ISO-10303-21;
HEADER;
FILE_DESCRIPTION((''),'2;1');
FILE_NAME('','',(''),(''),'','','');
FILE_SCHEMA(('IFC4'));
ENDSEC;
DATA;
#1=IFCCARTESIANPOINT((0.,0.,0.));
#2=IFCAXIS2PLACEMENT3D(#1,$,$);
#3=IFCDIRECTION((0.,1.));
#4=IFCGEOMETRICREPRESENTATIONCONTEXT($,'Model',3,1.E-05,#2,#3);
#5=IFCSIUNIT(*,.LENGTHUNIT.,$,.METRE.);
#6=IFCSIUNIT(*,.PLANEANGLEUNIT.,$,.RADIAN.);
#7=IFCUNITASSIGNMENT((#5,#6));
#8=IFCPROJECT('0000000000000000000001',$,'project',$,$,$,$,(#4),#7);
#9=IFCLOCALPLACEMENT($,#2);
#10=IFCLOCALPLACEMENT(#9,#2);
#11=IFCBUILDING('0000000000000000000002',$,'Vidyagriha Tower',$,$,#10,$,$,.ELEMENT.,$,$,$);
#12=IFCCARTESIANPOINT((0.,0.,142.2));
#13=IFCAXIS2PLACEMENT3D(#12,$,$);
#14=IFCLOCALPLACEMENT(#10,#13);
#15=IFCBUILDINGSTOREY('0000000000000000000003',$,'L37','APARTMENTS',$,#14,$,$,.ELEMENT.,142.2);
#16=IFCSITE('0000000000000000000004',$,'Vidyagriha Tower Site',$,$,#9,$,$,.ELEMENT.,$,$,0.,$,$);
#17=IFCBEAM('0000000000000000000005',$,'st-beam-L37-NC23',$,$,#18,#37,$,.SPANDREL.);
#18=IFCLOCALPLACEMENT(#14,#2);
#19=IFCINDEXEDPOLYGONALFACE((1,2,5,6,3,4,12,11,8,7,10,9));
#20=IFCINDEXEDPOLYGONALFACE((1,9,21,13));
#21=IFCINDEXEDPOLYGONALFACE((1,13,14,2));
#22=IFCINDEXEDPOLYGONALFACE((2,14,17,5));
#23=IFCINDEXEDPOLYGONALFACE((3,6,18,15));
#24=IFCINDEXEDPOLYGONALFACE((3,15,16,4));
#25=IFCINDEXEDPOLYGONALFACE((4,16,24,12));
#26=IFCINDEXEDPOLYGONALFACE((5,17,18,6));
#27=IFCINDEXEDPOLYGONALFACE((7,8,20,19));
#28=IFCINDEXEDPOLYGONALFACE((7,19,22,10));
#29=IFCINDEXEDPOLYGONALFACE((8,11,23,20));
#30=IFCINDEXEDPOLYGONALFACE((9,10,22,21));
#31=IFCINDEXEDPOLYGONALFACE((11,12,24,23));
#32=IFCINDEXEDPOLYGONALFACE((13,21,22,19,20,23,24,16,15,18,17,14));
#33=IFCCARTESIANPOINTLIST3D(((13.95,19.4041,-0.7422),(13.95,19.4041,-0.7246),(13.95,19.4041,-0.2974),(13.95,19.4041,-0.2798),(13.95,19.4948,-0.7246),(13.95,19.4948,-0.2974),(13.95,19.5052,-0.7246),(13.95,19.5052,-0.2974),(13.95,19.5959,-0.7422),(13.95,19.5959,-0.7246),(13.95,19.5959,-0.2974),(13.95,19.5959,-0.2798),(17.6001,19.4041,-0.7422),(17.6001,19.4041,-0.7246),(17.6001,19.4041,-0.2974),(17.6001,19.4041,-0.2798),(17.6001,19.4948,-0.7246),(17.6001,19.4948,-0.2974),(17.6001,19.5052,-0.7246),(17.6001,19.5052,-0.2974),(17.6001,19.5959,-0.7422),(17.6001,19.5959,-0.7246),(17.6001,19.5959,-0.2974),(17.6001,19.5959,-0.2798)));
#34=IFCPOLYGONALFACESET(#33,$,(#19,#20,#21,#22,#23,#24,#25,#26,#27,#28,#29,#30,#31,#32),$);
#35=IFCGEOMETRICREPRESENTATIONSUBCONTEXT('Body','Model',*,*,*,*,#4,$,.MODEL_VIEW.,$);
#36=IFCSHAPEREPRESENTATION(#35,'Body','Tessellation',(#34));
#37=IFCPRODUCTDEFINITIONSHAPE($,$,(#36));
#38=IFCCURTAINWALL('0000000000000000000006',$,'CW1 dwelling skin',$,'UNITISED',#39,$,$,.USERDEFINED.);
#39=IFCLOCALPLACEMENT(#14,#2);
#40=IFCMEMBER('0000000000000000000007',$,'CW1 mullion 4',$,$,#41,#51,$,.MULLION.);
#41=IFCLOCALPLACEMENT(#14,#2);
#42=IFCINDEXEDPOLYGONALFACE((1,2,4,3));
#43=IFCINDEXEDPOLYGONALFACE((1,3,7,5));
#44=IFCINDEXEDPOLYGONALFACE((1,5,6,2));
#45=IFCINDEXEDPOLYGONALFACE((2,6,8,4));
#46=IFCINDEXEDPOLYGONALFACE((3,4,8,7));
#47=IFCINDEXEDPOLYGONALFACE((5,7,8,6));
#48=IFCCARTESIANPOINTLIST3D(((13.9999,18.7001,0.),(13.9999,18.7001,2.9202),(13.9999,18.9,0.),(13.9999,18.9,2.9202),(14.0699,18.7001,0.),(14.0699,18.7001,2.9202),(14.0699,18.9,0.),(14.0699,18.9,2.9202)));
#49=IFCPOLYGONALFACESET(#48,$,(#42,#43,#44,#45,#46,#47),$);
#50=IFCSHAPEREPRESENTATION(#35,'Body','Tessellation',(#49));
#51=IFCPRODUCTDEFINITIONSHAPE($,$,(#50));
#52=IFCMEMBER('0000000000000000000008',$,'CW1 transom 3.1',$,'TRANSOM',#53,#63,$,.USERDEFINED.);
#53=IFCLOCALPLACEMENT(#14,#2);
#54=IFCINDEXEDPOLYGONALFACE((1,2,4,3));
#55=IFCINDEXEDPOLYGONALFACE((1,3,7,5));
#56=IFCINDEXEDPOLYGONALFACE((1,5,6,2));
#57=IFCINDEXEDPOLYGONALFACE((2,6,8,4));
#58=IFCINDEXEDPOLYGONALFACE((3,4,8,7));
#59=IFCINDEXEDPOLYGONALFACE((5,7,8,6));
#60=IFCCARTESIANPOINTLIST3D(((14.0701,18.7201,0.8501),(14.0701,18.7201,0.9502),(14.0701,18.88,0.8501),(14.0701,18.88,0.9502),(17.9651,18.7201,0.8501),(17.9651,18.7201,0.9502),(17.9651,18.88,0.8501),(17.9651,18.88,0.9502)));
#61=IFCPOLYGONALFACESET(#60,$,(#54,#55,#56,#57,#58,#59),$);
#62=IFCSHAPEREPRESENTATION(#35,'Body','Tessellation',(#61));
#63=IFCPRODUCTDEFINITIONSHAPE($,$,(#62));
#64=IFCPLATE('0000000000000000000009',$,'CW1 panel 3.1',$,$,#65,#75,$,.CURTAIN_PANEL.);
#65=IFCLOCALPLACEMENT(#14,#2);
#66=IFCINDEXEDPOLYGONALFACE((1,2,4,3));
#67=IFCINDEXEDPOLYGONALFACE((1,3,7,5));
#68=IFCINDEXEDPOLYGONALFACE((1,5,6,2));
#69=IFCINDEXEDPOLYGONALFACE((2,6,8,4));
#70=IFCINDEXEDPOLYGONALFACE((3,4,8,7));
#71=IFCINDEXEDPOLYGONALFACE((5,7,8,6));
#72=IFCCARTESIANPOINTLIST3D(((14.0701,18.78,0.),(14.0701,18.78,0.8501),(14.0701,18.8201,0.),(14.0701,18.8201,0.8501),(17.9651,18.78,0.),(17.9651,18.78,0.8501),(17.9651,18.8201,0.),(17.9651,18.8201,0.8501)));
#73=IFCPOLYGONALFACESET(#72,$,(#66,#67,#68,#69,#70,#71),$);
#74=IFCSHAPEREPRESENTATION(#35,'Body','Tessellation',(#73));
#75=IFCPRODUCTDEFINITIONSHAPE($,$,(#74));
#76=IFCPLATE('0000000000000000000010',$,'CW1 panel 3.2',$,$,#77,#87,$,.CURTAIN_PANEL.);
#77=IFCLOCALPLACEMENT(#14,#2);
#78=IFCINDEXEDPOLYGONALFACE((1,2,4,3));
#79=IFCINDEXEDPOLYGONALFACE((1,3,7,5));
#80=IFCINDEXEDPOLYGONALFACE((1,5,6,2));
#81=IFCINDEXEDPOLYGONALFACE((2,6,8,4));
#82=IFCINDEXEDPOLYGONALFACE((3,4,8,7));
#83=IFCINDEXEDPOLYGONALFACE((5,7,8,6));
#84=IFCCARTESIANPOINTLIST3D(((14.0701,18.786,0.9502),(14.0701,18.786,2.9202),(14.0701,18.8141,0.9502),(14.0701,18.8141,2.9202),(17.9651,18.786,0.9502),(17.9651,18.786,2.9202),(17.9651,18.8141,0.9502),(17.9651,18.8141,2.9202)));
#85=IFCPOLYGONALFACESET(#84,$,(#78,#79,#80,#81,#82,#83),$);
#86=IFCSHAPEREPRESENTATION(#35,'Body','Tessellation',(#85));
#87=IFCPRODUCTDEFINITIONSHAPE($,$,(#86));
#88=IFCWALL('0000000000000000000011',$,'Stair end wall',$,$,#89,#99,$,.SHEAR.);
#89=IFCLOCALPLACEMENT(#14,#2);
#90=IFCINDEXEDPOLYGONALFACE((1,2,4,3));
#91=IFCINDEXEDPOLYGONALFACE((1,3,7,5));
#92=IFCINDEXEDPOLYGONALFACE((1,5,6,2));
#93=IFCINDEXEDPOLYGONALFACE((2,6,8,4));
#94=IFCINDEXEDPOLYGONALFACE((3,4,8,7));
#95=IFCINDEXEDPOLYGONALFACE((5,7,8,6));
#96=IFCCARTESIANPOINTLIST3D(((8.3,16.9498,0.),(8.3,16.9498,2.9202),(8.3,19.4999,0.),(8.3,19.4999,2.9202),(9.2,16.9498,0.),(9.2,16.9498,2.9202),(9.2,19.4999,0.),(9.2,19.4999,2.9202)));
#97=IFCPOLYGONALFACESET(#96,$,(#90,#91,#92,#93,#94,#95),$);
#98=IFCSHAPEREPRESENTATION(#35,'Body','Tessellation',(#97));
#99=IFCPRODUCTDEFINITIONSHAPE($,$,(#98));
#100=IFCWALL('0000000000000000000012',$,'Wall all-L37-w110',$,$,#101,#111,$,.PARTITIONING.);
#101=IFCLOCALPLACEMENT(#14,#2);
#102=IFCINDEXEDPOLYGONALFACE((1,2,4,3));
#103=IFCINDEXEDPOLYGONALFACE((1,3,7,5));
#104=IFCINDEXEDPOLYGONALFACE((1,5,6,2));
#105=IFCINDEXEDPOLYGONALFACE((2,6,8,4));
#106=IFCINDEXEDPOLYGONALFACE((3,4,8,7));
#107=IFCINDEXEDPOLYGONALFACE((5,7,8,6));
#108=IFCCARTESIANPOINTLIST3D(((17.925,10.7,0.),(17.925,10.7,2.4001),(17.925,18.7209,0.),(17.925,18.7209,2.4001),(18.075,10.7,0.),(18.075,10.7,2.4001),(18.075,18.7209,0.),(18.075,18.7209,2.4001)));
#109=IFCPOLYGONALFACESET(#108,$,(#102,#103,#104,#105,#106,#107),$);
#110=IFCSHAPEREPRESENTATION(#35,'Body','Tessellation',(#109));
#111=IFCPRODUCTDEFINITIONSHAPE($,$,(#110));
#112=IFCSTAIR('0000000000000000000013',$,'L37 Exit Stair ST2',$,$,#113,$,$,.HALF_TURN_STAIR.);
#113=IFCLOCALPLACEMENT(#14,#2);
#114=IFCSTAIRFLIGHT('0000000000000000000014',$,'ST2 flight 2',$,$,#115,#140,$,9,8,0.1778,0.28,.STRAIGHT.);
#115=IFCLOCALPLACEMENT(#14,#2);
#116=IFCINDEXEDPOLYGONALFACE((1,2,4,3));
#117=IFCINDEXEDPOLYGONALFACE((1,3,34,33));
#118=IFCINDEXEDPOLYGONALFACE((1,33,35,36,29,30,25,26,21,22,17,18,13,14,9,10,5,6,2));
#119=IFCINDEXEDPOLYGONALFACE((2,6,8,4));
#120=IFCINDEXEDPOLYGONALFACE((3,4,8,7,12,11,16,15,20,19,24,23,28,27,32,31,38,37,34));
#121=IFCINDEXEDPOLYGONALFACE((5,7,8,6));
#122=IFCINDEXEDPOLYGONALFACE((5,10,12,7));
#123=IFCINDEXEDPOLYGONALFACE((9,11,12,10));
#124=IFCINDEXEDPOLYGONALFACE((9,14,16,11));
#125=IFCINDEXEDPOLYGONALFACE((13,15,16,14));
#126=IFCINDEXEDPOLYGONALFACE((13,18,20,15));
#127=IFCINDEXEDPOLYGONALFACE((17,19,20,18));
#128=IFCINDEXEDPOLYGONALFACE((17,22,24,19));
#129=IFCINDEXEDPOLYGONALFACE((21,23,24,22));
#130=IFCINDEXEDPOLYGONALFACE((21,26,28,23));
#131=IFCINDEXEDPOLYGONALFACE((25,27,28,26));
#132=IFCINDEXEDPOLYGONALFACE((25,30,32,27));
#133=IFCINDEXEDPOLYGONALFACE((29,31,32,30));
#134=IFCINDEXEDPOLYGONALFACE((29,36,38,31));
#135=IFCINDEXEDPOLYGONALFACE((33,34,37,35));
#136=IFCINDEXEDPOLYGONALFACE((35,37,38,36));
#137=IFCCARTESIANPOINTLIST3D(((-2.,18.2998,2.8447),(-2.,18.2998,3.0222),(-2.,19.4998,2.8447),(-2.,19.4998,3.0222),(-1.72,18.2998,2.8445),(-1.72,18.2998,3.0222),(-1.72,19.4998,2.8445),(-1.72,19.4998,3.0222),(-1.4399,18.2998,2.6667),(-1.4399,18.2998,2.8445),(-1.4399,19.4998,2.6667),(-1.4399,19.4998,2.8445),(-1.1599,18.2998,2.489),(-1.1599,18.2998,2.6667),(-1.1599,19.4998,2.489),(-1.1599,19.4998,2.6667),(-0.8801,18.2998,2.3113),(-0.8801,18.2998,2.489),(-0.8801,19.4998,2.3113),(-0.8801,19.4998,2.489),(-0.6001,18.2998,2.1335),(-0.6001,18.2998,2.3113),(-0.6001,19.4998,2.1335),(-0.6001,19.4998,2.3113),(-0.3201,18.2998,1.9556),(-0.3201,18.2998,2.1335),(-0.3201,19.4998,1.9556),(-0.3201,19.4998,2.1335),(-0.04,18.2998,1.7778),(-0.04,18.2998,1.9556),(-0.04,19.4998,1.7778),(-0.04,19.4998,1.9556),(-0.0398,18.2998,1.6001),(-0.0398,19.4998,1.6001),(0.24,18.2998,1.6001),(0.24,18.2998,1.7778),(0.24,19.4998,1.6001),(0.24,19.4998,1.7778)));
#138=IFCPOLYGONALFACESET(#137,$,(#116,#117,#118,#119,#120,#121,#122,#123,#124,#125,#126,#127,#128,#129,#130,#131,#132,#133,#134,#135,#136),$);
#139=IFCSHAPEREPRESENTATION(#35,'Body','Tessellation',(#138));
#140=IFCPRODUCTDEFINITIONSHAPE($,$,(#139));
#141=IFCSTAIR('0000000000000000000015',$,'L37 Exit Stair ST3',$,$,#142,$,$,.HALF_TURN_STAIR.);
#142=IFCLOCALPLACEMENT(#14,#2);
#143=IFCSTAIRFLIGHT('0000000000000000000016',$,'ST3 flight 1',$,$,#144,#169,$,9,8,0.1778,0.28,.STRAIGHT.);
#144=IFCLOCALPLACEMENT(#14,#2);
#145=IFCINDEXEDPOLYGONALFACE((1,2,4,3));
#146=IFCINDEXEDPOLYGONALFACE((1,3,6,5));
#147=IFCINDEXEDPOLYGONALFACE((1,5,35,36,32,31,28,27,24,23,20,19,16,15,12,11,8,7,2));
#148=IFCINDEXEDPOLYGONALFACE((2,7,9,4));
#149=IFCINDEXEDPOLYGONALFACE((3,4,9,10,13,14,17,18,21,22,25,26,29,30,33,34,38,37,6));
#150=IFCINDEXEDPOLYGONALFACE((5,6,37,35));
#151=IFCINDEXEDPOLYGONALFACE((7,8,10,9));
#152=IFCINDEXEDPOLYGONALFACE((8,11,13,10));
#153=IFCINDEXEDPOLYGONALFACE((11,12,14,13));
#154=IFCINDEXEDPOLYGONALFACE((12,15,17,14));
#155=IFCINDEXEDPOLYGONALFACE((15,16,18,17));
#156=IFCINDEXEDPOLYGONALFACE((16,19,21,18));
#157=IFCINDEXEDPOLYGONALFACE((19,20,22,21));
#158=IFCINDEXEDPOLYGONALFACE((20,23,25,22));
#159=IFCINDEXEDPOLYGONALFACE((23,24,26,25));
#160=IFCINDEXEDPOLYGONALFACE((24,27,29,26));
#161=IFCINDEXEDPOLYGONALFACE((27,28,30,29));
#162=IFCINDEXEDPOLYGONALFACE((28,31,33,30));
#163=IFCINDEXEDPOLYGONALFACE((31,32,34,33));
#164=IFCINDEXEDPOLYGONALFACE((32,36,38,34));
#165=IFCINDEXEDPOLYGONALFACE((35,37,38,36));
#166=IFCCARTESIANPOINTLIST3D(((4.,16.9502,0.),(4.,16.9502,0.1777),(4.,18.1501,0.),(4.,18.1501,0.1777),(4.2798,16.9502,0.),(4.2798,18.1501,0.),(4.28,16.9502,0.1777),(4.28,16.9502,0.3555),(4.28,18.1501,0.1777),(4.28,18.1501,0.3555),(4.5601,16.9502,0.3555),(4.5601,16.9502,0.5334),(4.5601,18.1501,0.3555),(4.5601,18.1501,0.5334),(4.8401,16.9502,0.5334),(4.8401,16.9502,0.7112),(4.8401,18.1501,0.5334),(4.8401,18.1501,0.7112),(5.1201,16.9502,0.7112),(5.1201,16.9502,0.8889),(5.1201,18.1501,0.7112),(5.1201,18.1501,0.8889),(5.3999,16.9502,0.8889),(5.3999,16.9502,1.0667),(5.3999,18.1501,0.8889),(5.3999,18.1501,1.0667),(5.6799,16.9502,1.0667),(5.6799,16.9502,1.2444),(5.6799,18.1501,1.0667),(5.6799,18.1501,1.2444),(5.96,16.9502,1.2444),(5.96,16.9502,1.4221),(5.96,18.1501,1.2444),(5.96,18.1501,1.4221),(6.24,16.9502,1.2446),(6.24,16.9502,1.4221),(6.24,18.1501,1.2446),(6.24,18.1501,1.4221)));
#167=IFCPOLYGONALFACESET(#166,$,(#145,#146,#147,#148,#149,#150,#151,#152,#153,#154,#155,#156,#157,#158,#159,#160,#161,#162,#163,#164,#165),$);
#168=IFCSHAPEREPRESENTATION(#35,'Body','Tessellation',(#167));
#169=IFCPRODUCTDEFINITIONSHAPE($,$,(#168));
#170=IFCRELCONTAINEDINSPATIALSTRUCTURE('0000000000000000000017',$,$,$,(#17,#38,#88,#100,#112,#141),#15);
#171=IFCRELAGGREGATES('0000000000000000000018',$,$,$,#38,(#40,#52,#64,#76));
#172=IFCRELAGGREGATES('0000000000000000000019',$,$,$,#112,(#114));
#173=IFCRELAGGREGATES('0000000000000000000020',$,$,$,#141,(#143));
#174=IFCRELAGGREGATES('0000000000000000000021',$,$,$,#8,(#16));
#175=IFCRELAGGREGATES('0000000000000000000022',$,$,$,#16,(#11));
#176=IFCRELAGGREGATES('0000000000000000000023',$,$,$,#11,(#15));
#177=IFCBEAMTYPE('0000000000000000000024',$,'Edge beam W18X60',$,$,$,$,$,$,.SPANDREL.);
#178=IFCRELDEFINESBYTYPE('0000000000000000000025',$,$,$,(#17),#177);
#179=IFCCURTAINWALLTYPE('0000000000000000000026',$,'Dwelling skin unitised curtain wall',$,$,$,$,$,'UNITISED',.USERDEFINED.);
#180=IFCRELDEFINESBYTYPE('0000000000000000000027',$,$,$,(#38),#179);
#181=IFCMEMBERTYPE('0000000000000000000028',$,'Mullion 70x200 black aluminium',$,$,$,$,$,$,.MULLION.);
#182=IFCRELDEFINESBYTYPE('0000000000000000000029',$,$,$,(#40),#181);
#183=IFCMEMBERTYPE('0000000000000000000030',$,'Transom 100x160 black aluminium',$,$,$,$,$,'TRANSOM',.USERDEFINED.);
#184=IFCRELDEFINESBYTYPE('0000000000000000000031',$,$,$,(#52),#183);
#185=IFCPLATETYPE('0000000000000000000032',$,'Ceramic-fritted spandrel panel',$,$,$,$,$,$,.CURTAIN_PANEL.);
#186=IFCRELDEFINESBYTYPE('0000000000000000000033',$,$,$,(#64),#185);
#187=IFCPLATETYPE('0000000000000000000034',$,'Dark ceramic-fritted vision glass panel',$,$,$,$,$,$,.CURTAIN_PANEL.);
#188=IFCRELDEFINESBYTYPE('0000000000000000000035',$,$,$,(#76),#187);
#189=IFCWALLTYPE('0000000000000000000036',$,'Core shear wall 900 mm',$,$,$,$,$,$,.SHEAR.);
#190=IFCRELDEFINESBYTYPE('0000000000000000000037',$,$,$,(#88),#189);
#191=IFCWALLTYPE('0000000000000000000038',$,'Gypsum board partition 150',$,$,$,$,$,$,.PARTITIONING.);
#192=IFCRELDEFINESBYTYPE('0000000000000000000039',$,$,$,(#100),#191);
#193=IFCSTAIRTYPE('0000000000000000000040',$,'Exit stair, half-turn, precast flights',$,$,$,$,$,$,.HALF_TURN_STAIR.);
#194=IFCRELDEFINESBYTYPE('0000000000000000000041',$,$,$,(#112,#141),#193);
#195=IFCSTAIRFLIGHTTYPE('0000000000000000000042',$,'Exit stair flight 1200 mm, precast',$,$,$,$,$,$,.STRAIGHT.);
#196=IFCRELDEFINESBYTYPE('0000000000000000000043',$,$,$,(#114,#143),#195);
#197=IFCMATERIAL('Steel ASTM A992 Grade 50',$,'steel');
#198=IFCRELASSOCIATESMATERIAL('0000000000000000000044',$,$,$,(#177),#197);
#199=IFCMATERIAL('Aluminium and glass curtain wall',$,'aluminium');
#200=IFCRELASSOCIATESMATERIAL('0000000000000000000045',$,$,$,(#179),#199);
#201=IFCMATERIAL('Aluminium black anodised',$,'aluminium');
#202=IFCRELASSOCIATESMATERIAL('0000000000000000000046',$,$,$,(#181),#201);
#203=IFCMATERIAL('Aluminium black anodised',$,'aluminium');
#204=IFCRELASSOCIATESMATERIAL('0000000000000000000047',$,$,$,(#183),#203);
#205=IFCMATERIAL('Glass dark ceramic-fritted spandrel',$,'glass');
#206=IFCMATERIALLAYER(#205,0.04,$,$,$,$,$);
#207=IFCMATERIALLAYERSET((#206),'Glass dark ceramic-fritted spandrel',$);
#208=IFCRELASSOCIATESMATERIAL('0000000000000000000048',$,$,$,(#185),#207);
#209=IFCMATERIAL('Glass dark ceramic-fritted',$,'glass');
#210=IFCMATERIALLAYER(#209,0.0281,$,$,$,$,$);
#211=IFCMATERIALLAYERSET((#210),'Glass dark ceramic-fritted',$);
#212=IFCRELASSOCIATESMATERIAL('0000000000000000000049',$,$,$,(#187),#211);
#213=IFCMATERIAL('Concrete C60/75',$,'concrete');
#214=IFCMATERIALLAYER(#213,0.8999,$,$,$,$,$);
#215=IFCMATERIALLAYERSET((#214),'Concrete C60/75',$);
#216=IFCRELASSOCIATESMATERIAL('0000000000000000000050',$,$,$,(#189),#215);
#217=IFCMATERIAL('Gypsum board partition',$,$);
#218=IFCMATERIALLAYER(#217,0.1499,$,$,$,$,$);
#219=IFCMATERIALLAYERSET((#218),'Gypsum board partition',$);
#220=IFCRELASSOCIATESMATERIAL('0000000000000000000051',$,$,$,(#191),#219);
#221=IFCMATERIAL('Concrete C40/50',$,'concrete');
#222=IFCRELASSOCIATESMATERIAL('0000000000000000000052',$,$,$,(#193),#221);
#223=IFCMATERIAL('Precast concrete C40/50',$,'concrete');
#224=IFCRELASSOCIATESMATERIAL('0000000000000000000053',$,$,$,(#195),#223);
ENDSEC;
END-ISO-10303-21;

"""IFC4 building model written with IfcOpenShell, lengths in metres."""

from ifc_helpers import new_model, si_unit, direction, frame, frame_2d, origin, origin_2d, place, context, subcontext, project, spatial, polyline, rectangle, i_section, outline, extrude, material, layer, layer_set, material_profile, profile_set, type_object, element, aggregate, save


model = new_model("IFC4")

# Units and contexts
model_context = context("Model", 3, precision=1e-05, world=origin(), true_north=direction((0.0, 1.0)))
body_context = subcontext(model_context, "Body", "Model", "MODEL_VIEW")
ifc_project = project(units=[si_unit("LENGTHUNIT", "METRE"), si_unit("PLANEANGLEUNIT", "RADIAN")], contexts=[model_context])

# Site, building, storey
site_placement = place(None, origin())
site = spatial("IfcSite", under=ifc_project, at=site_placement, Name="Vidyagriha Tower Site", CompositionType="ELEMENT", RefElevation=0.0)
building_placement = place(site_placement, origin())
building = spatial("IfcBuilding", under=site, at=building_placement, Name="Vidyagriha Tower", CompositionType="ELEMENT")
storey_placement = place(building_placement, frame((0.0, 0.0, 142.2)))
storey = spatial("IfcBuildingStorey", under=building, at=storey_placement, Name="L37", Description="APARTMENTS", CompositionType="ELEMENT", Elevation=142.2)

# Beam
ifc_material_1 = material(Name="Steel ASTM A992 Grade 50", Category="steel")
ifc_material_profile_1 = material_profile(ifc_material_1, i_section(OverallWidth=0.1919, OverallDepth=0.4624, WebThickness=0.0105, FlangeThickness=0.0176, at=origin_2d()), Name="W18X60")
ifc_profile_set_1 = profile_set([ifc_material_profile_1], Name="Steel ASTM A992 Grade 50")
beam_type = type_object("IfcBeamType", Name="Edge beam W18X60", PredefinedType="SPANDREL", material=ifc_profile_set_1)
beam_placement = place(storey_placement, frame((13.95, 19.5, -0.511), z_axis=(1.0, 0.0, 0.0), x_axis=(0.0, 1.0, 0.0)))
element("IfcBeam", 1, at=beam_placement, inside=storey, type_object=beam_type, Name="st-beam-L37-NC23", PredefinedType="SPANDREL", context=body_context, shape_type="SweptSolid", body=[
    extrude(i_section(OverallWidth=0.1919, OverallDepth=0.4624, WebThickness=0.0105, FlangeThickness=0.0176, at=origin_2d()), origin(), (0.0, 0.0, 1.0), 3.6501),
])

# Curtain wall, members, plates
ifc_material_2 = material(Name="Aluminium and glass curtain wall", Category="aluminium")
curtain_wall_type = type_object("IfcCurtainWallType", Name="Dwelling skin unitised curtain wall", ElementType="UNITISED", PredefinedType="USERDEFINED", material=ifc_material_2)
curtain_wall_placement = place(storey_placement, origin())
curtain_wall = element("IfcCurtainWall", 2, at=curtain_wall_placement, inside=storey, type_object=curtain_wall_type, Name="CW1 dwelling skin", ObjectType="UNITISED", PredefinedType="USERDEFINED")
ifc_material_3 = material(Name="Aluminium black anodised", Category="aluminium")
ifc_material_profile_2 = material_profile(ifc_material_3, rectangle(XDim=0.2, YDim=0.0701, at=origin_2d()), Name="Mullion 70x200 black aluminium")
ifc_profile_set_2 = profile_set([ifc_material_profile_2], Name="Aluminium black anodised")
member_type_1 = type_object("IfcMemberType", Name="Mullion 70x200 black aluminium", PredefinedType="MULLION", material=ifc_profile_set_2)
member_1_placement = place(storey_placement, frame((14.0349, 18.8, 0.0), z_axis=(0.0, 0.0, 1.0), x_axis=(0.0, -1.0, 0.0)))
member_1 = element("IfcMember", 3, at=member_1_placement, type_object=member_type_1, Name="CW1 mullion 4", PredefinedType="MULLION", context=body_context, shape_type="SweptSolid", body=[
    extrude(rectangle(XDim=0.2, YDim=0.0701, at=origin_2d()), origin(), (0.0, 0.0, 1.0), 2.9202),
])
ifc_material_4 = material(Name="Aluminium black anodised", Category="aluminium")
ifc_material_profile_3 = material_profile(ifc_material_4, rectangle(XDim=0.1599, YDim=0.1001, at=origin_2d()), Name="Transom 100x160 black aluminium")
ifc_profile_set_3 = profile_set([ifc_material_profile_3], Name="Aluminium black anodised")
member_type_2 = type_object("IfcMemberType", Name="Transom 100x160 black aluminium", ElementType="TRANSOM", PredefinedType="USERDEFINED", material=ifc_profile_set_3)
member_2_placement = place(storey_placement, frame((17.9651, 18.8, 0.9001), z_axis=(-1.0, 0.0, 0.0), x_axis=(0.0, -1.0, 0.0)))
member_2 = element("IfcMember", 4, at=member_2_placement, type_object=member_type_2, Name="CW1 transom 3.1", ObjectType="TRANSOM", PredefinedType="USERDEFINED", context=body_context, shape_type="SweptSolid", body=[
    extrude(rectangle(XDim=0.1599, YDim=0.1001, at=origin_2d()), origin(), (0.0, 0.0, 1.0), 3.895),
])
ifc_material_5 = material(Name="Glass dark ceramic-fritted spandrel", Category="glass")
ifc_layer_1 = layer(ifc_material_5, 0.04)
ifc_layer_set_1 = layer_set([ifc_layer_1], Name="Glass dark ceramic-fritted spandrel")
plate_type_1 = type_object("IfcPlateType", Name="Ceramic-fritted spandrel panel", PredefinedType="CURTAIN_PANEL", material=ifc_layer_set_1)
plate_1_placement = place(storey_placement, frame((16.0176, 18.8, 0.0), z_axis=(0.0, 0.0, 1.0), x_axis=(-1.0, 0.0, 0.0)))
plate_1 = element("IfcPlate", 5, at=plate_1_placement, type_object=plate_type_1, Name="CW1 panel 3.1", PredefinedType="CURTAIN_PANEL", context=body_context, shape_type="SweptSolid", body=[
    extrude(rectangle(XDim=3.895, YDim=0.04, at=origin_2d()), origin(), (0.0, 0.0, 1.0), 0.8501),
])
ifc_material_6 = material(Name="Glass dark ceramic-fritted", Category="glass")
ifc_layer_2 = layer(ifc_material_6, 0.0281)
ifc_layer_set_2 = layer_set([ifc_layer_2], Name="Glass dark ceramic-fritted")
plate_type_2 = type_object("IfcPlateType", Name="Dark ceramic-fritted vision glass panel", PredefinedType="CURTAIN_PANEL", material=ifc_layer_set_2)
plate_2_placement = place(storey_placement, frame((16.0176, 18.8, 0.9502), z_axis=(0.0, 0.0, 1.0), x_axis=(-1.0, 0.0, 0.0)))
plate_2 = element("IfcPlate", 6, at=plate_2_placement, type_object=plate_type_2, Name="CW1 panel 3.2", PredefinedType="CURTAIN_PANEL", context=body_context, shape_type="SweptSolid", body=[
    extrude(rectangle(XDim=3.895, YDim=0.0281, at=origin_2d()), origin(), (0.0, 0.0, 1.0), 1.97),
])
aggregate(curtain_wall, [member_1, member_2, plate_1, plate_2])

# Walls
ifc_material_7 = material(Name="Concrete C60/75", Category="concrete")
ifc_layer_3 = layer(ifc_material_7, 0.8999)
ifc_layer_set_3 = layer_set([ifc_layer_3], Name="Concrete C60/75")
wall_type_1 = type_object("IfcWallType", Name="Core shear wall 900 mm", PredefinedType="SHEAR", material=ifc_layer_set_3)
wall_1_placement = place(storey_placement, frame((8.75, 16.95, 0.0), z_axis=(0.0, 0.0, 1.0), x_axis=(0.0, 1.0, 0.0)))
element("IfcWall", 7, at=wall_1_placement, inside=storey, type_object=wall_type_1, Name="Stair end wall", PredefinedType="SHEAR", context=body_context, shape_type="SweptSolid", body=[
    extrude(rectangle(XDim=2.55, YDim=0.8999, at=frame_2d((1.2749, 0.0))), origin(), (0.0, 0.0, 1.0), 2.9202),
])
ifc_material_8 = material(Name="Gypsum board partition")
ifc_layer_4 = layer(ifc_material_8, 0.1499)
ifc_layer_set_4 = layer_set([ifc_layer_4], Name="Gypsum board partition")
wall_type_2 = type_object("IfcWallType", Name="Gypsum board partition 150", PredefinedType="PARTITIONING", material=ifc_layer_set_4)
wall_2_placement = place(storey_placement, frame((18.0, 18.7209, 0.0), z_axis=(0.0, 0.0, 1.0), x_axis=(0.0, -1.0, 0.0)))
element("IfcWall", 8, at=wall_2_placement, inside=storey, type_object=wall_type_2, Name="Wall all-L37-w110", PredefinedType="PARTITIONING", context=body_context, shape_type="SweptSolid", body=[
    extrude(rectangle(XDim=8.021, YDim=0.1499, at=frame_2d((4.0105, 0.0))), origin(), (0.0, 0.0, 1.0), 2.4001),
])

# Stair, stair flight
ifc_material_9 = material(Name="Concrete C40/50", Category="concrete")
stair_type = type_object("IfcStairType", Name="Exit stair, half-turn, precast flights", PredefinedType="HALF_TURN_STAIR", material=ifc_material_9)
stair_1_placement = place(storey_placement, origin())
stair_1 = element("IfcStair", 9, at=stair_1_placement, inside=storey, type_object=stair_type, Name="L37 Exit Stair ST2", PredefinedType="HALF_TURN_STAIR")
ifc_material_10 = material(Name="Precast concrete C40/50", Category="concrete")
stair_flight_type = type_object("IfcStairFlightType", Name="Exit stair flight 1200 mm, precast", PredefinedType="STRAIGHT", material=ifc_material_10)
stair_flight_1_placement = place(storey_placement, frame((0.24, 18.8999, 1.6001), z_axis=(0.0, 0.0, 1.0), x_axis=(-1.0, 0.0, 0.0)))
stair_flight_1 = element("IfcStairFlight", 10, at=stair_flight_1_placement, type_object=stair_flight_type, Name="ST2 flight 2", NumberOfRisers=9, NumberOfTreads=8, PredefinedType="STRAIGHT", RiserHeight=0.1778, TreadLength=0.28, context=body_context, shape_type="SweptSolid", body=[
    extrude(outline(polyline([(0.0, 0.0), (0.0, 0.1777), (0.28, 0.1777), (0.28, 0.3555), (0.5601, 0.3555), (0.5601, 0.5334), (0.8401, 0.5334), (0.8401, 0.7112), (1.1201, 0.7112), (1.1201, 0.8889), (1.3999, 0.8889), (1.3999, 1.0667), (1.6799, 1.0667), (1.6799, 1.2444), (1.96, 1.2444), (1.96, 1.4221), (2.24, 1.4221), (2.24, 1.6001), (2.24, 1.2446), (0.2798, 0.0), (0.0, 0.0)])), frame((0.0, 0.6001, 0.0), z_axis=(0.0, -1.0, 0.0), x_axis=(1.0, 0.0, 0.0)), (0.0, 0.0, 1.0), 1.2),
])
aggregate(stair_1, [stair_flight_1])

# Stair, stair flight
stair_2_placement = place(storey_placement, origin())
stair_2 = element("IfcStair", 11, at=stair_2_placement, inside=storey, type_object=stair_type, Name="L37 Exit Stair ST3", PredefinedType="HALF_TURN_STAIR")
stair_flight_2_placement = place(storey_placement, frame((4.0, 17.55, 0.0)))
stair_flight_2 = element("IfcStairFlight", 12, at=stair_flight_2_placement, type_object=stair_flight_type, Name="ST3 flight 1", NumberOfRisers=9, NumberOfTreads=8, PredefinedType="STRAIGHT", RiserHeight=0.1778, TreadLength=0.28, context=body_context, shape_type="SweptSolid", body=[
    extrude(outline(polyline([(0.0, 0.0), (0.0, 0.1777), (0.28, 0.1777), (0.28, 0.3555), (0.5601, 0.3555), (0.5601, 0.5334), (0.8401, 0.5334), (0.8401, 0.7112), (1.1201, 0.7112), (1.1201, 0.8889), (1.3999, 0.8889), (1.3999, 1.0667), (1.6799, 1.0667), (1.6799, 1.2444), (1.96, 1.2444), (1.96, 1.4221), (2.24, 1.4221), (2.24, 1.6001), (2.24, 1.2446), (0.2798, 0.0), (0.0, 0.0)])), frame((0.0, 0.6001, 0.0), z_axis=(0.0, -1.0, 0.0), x_axis=(1.0, 0.0, 0.0)), (0.0, 0.0, 1.0), 1.2),
])
aggregate(stair_2, [stair_flight_2])

save(model, "model.ifc")
